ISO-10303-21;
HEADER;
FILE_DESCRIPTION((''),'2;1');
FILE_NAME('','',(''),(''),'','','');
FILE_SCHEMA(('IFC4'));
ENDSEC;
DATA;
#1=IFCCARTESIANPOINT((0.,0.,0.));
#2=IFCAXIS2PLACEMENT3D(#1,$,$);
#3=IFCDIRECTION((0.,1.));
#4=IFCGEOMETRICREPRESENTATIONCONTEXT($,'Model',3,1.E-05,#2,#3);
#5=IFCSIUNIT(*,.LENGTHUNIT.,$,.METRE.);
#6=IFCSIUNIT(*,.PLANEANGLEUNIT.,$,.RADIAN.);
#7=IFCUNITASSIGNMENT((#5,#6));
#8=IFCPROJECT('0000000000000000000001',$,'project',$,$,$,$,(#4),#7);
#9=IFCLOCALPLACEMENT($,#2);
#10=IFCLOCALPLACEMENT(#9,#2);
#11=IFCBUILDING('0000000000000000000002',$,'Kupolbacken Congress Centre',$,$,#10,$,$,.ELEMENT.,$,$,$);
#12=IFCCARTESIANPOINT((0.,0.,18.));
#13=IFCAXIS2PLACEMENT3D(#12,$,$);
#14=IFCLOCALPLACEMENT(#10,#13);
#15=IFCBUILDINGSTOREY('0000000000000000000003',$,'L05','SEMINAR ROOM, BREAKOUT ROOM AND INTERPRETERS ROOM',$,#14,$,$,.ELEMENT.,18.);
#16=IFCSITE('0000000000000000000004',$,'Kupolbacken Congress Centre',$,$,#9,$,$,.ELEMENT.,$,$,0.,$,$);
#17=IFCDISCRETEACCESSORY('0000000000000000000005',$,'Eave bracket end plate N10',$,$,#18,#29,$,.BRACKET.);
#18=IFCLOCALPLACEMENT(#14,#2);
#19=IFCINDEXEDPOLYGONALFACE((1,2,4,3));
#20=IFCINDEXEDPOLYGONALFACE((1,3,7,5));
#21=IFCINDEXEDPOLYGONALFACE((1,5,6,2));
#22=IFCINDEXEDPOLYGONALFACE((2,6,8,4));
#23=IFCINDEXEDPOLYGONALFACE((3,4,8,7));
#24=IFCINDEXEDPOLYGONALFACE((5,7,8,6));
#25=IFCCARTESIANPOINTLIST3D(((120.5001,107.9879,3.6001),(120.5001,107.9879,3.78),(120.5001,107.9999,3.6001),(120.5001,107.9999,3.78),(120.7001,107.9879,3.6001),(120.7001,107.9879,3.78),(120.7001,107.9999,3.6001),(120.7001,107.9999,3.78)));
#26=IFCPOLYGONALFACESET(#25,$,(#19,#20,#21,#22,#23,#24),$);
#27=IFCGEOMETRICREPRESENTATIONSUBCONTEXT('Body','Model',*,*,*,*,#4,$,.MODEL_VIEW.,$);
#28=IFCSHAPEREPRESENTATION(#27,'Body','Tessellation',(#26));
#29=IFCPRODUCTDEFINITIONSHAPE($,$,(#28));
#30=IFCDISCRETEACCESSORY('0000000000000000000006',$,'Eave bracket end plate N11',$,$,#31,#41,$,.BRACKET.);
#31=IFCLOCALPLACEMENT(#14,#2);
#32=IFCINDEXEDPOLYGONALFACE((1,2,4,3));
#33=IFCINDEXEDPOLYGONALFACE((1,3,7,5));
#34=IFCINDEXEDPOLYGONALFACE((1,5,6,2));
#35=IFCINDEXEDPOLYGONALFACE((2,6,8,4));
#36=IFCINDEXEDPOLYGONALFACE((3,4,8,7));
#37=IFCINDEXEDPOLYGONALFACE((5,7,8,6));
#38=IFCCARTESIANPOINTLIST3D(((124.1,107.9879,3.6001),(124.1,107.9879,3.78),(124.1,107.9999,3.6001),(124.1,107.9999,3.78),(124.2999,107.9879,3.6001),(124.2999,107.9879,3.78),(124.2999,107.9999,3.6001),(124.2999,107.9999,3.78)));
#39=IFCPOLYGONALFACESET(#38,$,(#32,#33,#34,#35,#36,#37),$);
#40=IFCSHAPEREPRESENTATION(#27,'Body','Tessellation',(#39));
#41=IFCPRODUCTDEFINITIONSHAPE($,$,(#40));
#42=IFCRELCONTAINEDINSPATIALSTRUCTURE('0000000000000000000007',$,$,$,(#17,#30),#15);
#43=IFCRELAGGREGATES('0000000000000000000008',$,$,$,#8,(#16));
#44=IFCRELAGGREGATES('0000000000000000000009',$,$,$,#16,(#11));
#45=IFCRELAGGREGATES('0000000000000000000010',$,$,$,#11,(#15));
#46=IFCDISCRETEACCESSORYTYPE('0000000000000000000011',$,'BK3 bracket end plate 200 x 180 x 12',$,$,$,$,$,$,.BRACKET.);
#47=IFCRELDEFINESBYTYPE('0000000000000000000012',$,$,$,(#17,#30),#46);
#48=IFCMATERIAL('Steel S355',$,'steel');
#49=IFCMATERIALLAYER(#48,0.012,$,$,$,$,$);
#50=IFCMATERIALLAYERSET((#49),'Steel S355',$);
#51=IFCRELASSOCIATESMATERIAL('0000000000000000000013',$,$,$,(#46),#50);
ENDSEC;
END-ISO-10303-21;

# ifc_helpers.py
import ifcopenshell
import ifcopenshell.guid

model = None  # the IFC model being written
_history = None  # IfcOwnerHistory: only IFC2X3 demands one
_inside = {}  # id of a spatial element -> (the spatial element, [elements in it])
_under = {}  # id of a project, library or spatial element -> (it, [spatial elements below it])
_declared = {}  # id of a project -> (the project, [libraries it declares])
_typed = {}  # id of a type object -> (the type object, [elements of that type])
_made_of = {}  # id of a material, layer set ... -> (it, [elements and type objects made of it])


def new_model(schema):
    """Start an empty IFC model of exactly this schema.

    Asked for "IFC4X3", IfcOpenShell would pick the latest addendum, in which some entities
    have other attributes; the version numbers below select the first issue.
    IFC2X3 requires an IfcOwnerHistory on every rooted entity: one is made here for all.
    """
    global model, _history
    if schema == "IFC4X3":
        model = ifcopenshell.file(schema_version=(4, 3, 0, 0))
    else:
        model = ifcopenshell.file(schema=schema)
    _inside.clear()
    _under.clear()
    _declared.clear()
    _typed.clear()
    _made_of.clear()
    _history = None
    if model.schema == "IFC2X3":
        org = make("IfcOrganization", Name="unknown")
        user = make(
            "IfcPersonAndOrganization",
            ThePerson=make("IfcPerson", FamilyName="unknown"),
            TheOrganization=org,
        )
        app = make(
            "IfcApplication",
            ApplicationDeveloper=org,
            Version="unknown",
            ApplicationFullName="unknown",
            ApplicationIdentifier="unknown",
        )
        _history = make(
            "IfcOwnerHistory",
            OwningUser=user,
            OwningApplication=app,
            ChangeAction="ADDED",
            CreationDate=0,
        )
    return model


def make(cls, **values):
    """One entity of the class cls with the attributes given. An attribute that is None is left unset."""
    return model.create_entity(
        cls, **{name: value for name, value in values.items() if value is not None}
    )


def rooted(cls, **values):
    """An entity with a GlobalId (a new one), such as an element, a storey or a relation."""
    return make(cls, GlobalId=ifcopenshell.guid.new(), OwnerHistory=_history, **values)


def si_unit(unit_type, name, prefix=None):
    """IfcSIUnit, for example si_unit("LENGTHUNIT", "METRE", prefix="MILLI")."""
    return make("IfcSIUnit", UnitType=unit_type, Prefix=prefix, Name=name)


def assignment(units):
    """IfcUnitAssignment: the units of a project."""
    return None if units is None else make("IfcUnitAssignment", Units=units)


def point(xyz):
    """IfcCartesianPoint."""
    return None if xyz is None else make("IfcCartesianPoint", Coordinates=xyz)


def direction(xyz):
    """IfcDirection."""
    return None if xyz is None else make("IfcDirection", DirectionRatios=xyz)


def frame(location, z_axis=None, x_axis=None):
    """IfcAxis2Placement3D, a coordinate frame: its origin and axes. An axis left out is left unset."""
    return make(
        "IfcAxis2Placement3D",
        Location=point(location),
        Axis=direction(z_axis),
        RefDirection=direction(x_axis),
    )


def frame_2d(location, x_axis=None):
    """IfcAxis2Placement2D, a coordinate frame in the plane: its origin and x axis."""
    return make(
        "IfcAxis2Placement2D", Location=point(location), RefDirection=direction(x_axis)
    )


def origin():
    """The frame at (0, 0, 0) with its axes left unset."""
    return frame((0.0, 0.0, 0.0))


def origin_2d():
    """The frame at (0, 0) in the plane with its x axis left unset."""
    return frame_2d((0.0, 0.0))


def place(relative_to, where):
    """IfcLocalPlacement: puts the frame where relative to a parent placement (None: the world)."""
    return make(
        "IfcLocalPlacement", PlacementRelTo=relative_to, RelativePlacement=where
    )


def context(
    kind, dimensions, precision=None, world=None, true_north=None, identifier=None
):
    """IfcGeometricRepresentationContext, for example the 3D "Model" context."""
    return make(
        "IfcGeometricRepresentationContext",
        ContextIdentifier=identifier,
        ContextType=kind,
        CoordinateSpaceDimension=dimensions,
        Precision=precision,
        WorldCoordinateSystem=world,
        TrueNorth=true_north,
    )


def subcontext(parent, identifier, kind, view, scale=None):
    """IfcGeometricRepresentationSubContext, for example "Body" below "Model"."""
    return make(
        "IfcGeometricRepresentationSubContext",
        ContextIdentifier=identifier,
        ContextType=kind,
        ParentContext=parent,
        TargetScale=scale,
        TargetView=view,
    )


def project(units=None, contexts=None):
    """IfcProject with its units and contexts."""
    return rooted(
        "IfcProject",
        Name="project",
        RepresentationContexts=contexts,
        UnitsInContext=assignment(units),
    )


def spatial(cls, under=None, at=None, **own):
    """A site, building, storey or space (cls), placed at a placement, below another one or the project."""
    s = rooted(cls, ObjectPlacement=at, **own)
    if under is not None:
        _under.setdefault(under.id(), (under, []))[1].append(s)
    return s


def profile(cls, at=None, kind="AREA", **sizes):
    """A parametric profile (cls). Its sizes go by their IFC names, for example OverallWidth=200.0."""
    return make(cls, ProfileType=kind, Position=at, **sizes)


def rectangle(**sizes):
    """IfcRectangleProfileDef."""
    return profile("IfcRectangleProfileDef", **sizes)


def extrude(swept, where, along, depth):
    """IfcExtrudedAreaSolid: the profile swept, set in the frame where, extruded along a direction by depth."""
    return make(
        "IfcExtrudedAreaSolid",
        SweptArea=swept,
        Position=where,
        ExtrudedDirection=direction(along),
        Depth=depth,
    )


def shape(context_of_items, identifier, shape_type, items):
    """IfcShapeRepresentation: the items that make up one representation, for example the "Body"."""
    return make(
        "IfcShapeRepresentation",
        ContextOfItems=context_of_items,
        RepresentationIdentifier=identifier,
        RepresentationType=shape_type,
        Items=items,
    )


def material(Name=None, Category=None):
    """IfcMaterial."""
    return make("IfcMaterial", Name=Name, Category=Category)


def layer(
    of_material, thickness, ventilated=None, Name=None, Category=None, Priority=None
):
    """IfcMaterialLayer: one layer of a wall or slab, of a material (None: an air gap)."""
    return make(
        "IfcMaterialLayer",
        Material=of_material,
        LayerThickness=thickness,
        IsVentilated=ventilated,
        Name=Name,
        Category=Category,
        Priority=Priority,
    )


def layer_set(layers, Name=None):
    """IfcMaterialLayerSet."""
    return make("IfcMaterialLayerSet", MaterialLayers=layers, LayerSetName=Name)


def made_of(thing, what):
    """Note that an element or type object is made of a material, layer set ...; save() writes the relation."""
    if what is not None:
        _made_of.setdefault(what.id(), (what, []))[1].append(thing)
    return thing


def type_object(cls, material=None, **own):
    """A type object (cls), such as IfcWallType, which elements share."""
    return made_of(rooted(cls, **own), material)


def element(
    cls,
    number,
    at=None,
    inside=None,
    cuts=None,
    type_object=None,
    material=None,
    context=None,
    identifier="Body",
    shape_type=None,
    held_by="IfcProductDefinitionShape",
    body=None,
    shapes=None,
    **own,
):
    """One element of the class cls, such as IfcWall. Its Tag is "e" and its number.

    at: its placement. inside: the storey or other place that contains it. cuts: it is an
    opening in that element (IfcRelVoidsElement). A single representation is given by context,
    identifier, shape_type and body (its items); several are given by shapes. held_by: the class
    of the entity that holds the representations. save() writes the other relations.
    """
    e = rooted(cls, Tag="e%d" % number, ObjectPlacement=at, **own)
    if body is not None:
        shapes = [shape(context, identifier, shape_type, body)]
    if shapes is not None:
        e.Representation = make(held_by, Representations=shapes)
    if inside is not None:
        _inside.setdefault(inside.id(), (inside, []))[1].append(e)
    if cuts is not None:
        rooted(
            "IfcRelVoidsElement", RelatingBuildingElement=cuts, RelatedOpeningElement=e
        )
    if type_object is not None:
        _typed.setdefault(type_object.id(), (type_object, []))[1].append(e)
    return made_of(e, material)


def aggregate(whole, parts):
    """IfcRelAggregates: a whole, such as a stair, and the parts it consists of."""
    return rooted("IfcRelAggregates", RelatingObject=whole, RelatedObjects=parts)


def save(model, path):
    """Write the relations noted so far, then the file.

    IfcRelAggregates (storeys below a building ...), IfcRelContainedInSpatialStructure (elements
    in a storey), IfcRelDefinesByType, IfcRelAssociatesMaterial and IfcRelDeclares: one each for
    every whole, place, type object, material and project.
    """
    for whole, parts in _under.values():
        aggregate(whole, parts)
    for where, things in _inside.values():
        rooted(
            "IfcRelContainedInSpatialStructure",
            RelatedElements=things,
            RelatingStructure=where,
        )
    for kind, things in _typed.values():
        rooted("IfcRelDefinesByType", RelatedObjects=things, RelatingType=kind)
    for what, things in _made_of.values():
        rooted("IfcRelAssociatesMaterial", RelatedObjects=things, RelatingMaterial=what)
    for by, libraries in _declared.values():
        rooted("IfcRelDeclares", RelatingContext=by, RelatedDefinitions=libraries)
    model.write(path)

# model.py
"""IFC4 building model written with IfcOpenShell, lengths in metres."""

from ifc_helpers import new_model, si_unit, direction, frame, origin, origin_2d, place, context, subcontext, project, spatial, rectangle, extrude, material, layer, layer_set, type_object, element, save


model = new_model("IFC4")

# Units and contexts
model_context = context("Model", 3, precision=1e-05, world=origin(), true_north=direction((0.0, 1.0)))
body_context = subcontext(model_context, "Body", "Model", "MODEL_VIEW")
ifc_project = project(units=[si_unit("LENGTHUNIT", "METRE"), si_unit("PLANEANGLEUNIT", "RADIAN")], contexts=[model_context])

# Site, building, storey
site_placement = place(None, origin())
site = spatial("IfcSite", under=ifc_project, at=site_placement, Name="Kupolbacken Congress Centre", CompositionType="ELEMENT", RefElevation=0.0)
building_placement = place(site_placement, origin())
building = spatial("IfcBuilding", under=site, at=building_placement, Name="Kupolbacken Congress Centre", CompositionType="ELEMENT")
storey_placement = place(building_placement, frame((0.0, 0.0, 18.0)))
storey = spatial("IfcBuildingStorey", under=building, at=storey_placement, Name="L05", Description="SEMINAR ROOM, BREAKOUT ROOM AND INTERPRETERS ROOM", CompositionType="ELEMENT", Elevation=18.0)

# Discrete accessories
ifc_material_1 = material(Name="Steel S355", Category="steel")
ifc_layer_1 = layer(ifc_material_1, 0.012)
ifc_layer_set_1 = layer_set([ifc_layer_1], Name="Steel S355")
discrete_accessory_type = type_object("IfcDiscreteAccessoryType", Name="BK3 bracket end plate 200 x 180 x 12", PredefinedType="BRACKET", material=ifc_layer_set_1)
for number, where, z_axis, x_axis, name in (
    (1, (120.6001, 107.9939, 3.6001), (0.0, 0.0, 1.0), (1.0, 0.0, 0.0), "Eave bracket end plate N10"),
    (2, (124.2, 107.9939, 3.6001), (0.0, 0.0, 1.0), (1.0, 0.0, 0.0), "Eave bracket end plate N11"),
):
    element("IfcDiscreteAccessory", number, at=place(storey_placement, frame(where, z_axis=z_axis, x_axis=x_axis)), inside=storey, type_object=discrete_accessory_type, Name=name, PredefinedType="BRACKET", context=body_context, shape_type="SweptSolid", body=[
        extrude(rectangle(XDim=0.2, YDim=0.012, at=origin_2d()), origin(), (0.0, 0.0, 1.0), 0.1799),
    ])

save(model, "model.ifc")
